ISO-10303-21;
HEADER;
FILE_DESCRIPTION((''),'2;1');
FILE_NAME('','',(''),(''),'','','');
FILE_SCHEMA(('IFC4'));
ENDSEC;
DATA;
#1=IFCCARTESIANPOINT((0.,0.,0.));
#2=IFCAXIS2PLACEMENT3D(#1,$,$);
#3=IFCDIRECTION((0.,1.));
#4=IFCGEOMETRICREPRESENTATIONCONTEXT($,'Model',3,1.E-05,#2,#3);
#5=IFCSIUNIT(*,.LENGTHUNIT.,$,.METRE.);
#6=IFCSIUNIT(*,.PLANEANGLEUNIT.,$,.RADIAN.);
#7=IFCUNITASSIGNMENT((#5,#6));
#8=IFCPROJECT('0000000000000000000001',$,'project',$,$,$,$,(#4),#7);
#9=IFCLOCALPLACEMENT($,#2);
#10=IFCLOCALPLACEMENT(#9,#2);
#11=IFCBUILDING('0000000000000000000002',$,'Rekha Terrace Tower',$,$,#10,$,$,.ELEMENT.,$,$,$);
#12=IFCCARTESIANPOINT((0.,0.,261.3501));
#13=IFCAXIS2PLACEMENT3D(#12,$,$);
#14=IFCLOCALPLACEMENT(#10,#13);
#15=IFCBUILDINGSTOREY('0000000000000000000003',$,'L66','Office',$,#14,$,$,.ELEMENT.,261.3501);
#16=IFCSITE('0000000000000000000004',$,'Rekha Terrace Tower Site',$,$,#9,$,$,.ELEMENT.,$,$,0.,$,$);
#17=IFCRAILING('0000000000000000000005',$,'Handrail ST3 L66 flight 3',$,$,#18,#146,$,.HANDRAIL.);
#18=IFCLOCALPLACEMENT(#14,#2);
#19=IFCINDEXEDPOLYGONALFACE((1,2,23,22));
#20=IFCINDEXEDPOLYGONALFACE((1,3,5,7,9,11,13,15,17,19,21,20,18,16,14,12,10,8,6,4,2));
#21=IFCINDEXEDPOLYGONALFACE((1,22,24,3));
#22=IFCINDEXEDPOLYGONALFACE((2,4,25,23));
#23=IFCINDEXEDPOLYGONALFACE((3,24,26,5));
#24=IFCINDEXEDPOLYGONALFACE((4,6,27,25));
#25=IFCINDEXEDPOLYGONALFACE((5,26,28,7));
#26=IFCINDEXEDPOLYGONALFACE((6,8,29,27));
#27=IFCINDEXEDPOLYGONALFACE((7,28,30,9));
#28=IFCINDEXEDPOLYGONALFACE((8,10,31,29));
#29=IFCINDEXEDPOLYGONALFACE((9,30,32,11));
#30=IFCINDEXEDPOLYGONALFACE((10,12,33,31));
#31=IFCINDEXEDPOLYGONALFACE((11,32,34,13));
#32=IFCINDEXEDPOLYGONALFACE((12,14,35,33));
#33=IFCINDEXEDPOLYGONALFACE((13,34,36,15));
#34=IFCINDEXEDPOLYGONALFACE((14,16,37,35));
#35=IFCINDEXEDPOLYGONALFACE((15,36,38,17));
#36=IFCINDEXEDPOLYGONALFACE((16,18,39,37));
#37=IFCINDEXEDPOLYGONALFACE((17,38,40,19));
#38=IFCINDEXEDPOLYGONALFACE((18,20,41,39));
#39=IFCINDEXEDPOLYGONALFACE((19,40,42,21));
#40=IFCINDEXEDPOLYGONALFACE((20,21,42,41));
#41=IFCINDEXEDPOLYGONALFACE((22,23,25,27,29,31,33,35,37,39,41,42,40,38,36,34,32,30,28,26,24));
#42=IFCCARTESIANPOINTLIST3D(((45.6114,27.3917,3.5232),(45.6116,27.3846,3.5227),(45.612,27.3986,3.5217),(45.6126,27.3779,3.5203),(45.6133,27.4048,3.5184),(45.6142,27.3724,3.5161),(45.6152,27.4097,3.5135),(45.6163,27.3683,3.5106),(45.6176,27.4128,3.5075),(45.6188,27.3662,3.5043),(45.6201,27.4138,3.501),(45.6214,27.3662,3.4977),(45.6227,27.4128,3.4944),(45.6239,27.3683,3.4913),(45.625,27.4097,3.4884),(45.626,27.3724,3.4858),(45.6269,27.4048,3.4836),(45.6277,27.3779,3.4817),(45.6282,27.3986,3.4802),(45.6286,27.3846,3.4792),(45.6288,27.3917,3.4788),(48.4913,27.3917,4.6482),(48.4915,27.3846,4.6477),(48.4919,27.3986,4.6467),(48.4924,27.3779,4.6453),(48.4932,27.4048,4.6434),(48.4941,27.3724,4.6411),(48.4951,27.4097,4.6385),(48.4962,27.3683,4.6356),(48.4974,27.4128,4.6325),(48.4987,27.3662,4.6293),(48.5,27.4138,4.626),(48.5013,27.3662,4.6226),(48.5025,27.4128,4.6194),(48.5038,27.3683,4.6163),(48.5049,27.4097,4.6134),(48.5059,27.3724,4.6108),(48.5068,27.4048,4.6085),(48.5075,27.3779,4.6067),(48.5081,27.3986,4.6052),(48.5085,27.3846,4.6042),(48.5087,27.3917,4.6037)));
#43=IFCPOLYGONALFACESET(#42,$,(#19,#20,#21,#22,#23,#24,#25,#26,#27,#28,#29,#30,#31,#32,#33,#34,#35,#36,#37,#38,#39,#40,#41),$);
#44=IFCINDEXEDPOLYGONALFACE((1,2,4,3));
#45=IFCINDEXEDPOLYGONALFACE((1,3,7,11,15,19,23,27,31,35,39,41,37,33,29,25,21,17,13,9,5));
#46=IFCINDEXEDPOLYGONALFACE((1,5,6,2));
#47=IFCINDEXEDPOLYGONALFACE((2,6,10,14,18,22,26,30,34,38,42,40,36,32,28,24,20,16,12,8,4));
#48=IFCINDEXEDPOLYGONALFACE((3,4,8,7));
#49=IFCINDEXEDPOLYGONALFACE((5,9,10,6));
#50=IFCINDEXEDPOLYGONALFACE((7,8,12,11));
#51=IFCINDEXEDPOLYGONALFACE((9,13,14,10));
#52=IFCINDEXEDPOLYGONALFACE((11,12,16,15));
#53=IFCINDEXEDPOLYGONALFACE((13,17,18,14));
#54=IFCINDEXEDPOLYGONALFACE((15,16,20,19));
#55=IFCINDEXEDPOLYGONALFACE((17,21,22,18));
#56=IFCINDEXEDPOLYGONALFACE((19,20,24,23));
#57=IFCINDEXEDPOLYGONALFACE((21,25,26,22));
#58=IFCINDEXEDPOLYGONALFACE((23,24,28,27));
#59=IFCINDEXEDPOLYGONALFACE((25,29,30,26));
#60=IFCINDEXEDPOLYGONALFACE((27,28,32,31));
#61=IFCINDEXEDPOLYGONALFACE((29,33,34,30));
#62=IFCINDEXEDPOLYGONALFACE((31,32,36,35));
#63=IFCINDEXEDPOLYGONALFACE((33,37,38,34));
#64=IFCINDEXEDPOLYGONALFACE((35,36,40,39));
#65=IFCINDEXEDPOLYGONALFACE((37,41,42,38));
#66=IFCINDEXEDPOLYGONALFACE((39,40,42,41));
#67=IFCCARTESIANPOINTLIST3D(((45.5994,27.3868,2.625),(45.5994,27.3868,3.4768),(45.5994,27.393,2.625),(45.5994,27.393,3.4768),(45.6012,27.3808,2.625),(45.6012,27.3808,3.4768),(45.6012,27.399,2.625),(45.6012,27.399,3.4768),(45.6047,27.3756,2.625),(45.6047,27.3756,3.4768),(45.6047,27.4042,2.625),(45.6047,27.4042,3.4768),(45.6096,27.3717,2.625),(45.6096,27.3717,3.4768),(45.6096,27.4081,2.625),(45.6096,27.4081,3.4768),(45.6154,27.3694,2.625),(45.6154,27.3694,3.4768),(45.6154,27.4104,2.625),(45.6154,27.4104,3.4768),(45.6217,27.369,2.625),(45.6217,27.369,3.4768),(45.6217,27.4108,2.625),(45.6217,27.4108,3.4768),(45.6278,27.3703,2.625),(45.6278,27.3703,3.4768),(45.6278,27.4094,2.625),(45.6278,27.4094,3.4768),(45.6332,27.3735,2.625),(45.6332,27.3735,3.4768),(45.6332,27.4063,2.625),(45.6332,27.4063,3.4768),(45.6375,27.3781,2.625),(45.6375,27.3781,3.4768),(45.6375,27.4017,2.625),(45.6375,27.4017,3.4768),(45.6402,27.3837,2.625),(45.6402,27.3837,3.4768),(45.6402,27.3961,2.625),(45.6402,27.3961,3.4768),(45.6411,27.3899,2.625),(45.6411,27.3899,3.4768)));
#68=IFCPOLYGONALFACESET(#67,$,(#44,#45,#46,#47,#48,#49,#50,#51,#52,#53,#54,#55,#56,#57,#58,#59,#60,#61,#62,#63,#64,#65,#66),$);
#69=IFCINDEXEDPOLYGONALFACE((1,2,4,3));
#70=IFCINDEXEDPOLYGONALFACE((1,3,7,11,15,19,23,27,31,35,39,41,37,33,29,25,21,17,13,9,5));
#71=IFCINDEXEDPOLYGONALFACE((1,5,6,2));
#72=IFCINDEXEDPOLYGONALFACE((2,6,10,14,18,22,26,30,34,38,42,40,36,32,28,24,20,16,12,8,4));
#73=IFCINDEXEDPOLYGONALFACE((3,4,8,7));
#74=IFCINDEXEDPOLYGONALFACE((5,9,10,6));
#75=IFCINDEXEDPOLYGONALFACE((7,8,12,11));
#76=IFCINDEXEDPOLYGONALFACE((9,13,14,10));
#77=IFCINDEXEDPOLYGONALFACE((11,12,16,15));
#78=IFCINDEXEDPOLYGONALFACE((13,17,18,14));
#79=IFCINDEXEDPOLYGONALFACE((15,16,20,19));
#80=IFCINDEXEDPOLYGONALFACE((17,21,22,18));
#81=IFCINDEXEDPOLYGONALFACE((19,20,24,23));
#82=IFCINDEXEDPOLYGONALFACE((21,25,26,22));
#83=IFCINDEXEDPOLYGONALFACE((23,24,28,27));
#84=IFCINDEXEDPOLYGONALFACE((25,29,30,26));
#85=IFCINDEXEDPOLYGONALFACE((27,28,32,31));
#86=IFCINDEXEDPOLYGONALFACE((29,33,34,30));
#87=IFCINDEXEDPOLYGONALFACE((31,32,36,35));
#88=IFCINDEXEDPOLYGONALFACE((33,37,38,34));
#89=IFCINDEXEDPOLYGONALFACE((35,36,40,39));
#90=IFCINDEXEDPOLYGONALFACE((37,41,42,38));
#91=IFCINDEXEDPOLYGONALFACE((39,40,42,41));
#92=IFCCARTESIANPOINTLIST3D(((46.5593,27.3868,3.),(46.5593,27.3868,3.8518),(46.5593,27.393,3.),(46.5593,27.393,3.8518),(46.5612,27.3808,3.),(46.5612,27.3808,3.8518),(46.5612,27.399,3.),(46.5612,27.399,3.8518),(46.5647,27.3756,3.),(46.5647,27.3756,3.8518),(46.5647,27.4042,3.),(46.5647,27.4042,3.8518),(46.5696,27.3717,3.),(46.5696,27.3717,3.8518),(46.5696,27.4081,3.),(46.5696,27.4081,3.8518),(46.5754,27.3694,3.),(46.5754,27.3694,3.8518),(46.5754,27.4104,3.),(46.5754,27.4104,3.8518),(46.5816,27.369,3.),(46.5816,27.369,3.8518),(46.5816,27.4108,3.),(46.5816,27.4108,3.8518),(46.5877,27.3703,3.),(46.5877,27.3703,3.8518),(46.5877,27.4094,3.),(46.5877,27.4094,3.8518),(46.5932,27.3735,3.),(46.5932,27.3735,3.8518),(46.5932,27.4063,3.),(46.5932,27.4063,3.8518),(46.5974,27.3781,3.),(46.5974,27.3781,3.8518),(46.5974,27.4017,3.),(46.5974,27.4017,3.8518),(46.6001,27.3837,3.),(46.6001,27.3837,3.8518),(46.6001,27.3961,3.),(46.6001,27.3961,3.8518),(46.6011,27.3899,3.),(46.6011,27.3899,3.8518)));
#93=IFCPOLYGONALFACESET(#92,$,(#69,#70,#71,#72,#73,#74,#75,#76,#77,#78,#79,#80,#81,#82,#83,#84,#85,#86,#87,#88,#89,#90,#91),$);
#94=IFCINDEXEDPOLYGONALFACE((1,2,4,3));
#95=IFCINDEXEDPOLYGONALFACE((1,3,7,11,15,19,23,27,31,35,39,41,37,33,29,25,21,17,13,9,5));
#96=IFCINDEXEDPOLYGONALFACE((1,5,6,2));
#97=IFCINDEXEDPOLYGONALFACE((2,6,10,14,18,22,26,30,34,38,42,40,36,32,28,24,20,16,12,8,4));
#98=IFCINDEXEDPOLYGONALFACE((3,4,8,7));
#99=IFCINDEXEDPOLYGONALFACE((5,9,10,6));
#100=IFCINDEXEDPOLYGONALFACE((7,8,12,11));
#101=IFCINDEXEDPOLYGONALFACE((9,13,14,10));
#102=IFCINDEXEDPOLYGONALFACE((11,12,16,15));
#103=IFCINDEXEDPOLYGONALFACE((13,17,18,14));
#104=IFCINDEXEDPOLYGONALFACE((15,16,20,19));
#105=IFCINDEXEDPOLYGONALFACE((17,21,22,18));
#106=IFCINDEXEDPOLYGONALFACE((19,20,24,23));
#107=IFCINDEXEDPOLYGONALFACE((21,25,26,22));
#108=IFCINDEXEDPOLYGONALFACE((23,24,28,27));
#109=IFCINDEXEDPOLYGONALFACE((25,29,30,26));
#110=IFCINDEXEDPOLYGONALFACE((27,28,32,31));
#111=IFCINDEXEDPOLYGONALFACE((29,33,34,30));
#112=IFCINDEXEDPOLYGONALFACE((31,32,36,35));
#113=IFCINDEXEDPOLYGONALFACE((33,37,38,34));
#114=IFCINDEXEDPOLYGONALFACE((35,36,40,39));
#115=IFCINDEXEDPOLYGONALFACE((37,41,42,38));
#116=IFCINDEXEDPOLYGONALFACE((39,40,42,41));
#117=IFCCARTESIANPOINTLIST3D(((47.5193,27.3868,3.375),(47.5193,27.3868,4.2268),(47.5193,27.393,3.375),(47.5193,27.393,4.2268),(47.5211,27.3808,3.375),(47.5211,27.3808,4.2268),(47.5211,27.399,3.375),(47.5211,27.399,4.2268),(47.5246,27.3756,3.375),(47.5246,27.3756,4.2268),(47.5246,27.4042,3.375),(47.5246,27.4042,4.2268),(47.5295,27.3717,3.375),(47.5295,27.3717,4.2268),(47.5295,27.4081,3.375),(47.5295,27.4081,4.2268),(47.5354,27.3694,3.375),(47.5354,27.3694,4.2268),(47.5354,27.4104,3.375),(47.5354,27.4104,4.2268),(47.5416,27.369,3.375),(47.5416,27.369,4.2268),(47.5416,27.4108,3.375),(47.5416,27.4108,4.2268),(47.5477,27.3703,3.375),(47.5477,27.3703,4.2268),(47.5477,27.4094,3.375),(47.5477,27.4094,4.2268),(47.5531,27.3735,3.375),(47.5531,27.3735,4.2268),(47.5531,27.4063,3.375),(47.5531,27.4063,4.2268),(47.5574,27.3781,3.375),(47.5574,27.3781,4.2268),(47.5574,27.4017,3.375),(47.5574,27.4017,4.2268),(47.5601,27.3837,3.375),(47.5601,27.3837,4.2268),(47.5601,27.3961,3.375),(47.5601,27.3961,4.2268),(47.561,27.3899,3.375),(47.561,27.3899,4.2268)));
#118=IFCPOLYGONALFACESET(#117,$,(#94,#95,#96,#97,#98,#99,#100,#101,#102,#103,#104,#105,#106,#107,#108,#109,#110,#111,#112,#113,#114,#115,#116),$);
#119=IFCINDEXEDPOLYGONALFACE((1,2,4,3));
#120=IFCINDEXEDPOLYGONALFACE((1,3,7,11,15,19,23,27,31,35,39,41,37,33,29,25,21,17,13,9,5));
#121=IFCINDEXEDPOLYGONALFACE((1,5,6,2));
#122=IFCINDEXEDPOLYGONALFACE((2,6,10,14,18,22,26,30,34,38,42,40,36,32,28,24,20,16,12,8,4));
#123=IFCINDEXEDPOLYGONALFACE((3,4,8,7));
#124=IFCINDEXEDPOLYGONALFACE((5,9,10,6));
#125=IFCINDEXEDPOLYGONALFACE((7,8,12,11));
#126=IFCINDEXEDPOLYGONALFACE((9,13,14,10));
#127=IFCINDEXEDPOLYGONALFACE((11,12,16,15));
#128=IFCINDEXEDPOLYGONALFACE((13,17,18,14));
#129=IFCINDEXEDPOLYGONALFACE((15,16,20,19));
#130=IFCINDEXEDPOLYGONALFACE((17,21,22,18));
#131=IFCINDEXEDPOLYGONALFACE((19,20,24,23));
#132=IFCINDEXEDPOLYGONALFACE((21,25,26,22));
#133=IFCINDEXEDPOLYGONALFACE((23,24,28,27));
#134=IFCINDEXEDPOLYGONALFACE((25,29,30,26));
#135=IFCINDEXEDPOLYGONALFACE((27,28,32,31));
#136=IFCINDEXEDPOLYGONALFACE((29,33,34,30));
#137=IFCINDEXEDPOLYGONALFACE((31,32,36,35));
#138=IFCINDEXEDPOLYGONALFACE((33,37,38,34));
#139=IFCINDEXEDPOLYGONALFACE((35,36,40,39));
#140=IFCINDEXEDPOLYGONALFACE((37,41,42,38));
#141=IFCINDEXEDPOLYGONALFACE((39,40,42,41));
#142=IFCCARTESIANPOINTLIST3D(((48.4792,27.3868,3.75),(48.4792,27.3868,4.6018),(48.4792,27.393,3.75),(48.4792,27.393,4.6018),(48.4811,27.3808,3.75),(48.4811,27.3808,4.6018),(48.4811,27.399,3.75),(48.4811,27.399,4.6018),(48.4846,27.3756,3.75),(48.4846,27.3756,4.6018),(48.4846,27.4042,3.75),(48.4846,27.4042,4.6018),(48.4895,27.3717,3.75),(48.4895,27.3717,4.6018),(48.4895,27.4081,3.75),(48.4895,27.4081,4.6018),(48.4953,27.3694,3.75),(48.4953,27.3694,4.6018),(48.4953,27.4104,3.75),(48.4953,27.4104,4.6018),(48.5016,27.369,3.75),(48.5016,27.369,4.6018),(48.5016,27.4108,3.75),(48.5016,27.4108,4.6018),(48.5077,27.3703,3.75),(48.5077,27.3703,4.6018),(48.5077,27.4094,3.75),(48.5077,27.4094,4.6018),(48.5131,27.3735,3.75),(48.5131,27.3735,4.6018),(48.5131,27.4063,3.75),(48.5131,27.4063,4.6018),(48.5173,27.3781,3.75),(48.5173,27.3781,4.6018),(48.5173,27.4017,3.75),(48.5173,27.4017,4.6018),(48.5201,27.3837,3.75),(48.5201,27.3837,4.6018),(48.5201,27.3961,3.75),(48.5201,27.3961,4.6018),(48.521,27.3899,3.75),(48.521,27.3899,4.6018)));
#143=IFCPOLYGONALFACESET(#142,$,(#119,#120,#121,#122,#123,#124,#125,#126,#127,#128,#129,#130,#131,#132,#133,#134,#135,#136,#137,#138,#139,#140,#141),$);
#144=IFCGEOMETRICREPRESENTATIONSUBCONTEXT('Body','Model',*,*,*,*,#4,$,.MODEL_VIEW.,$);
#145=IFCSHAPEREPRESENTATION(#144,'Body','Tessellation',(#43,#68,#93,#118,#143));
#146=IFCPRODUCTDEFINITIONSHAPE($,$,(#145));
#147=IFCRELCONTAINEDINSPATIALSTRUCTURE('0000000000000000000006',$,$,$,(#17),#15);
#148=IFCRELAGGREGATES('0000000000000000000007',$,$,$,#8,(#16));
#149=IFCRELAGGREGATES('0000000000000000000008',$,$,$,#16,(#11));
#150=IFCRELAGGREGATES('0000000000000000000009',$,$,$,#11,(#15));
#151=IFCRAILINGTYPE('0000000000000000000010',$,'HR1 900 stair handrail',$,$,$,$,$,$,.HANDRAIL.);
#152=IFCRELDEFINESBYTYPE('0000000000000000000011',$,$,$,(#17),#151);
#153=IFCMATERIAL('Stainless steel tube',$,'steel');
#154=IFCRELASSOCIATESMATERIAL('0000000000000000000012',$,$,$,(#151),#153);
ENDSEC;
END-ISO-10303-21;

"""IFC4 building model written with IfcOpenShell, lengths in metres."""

from ifc_helpers import new_model, si_unit, direction, frame, origin, origin_2d, place, context, subcontext, project, spatial, circle, extrude, material, type_object, element, save


model = new_model("IFC4")

# Units and contexts
model_context = context("Model", 3, precision=1e-05, world=origin(), true_north=direction((0.0, 1.0)))
body_context = subcontext(model_context, "Body", "Model", "MODEL_VIEW")
ifc_project = project(units=[si_unit("LENGTHUNIT", "METRE"), si_unit("PLANEANGLEUNIT", "RADIAN")], contexts=[model_context])

# Site, building, storey
site_placement = place(None, origin())
site = spatial("IfcSite", under=ifc_project, at=site_placement, Name="Rekha Terrace Tower Site", CompositionType="ELEMENT", RefElevation=0.0)
building_placement = place(site_placement, origin())
building = spatial("IfcBuilding", under=site, at=building_placement, Name="Rekha Terrace Tower", CompositionType="ELEMENT")
storey_placement = place(building_placement, frame((0.0, 0.0, 261.3501)))
storey = spatial("IfcBuildingStorey", under=building, at=storey_placement, Name="L66", Description="Office", CompositionType="ELEMENT", Elevation=261.3501)

# Railing
ifc_material_1 = material(Name="Stainless steel tube", Category="steel")
railing_type_1 = type_object("IfcRailingType", Name="HR1 900 stair handrail", PredefinedType="HANDRAIL", material=ifc_material_1)
railing_1_placement = place(storey_placement, frame((45.6201, 27.3899, 2.625)))
element("IfcRailing", 1, at=railing_1_placement, inside=storey, type_object=railing_type_1, Name="Handrail ST3 L66 flight 3", PredefinedType="HANDRAIL", context=body_context, shape_type="SweptSolid", body=[
    extrude(circle(Radius=0.0239, at=origin_2d()), frame((0.0, 0.0, 0.876), z_axis=(0.931452, 0.0, 0.363863), x_axis=(0.0, 1.0, 0.0)), (0.0, 0.0, 1.0), 3.0918),
    extrude(circle(Radius=0.021, at=origin_2d()), origin(), (0.0, 0.0, 1.0), 0.8518),
    extrude(circle(Radius=0.021, at=origin_2d()), frame((0.96, 0.0, 0.375)), (0.0, 0.0, 1.0), 0.8518),
    extrude(circle(Radius=0.021, at=origin_2d()), frame((1.9199, 0.0, 0.75)), (0.0, 0.0, 1.0), 0.8518),
    extrude(circle(Radius=0.021, at=origin_2d()), frame((2.8799, 0.0, 1.125)), (0.0, 0.0, 1.0), 0.8518),
])

save(model, "model.ifc")
